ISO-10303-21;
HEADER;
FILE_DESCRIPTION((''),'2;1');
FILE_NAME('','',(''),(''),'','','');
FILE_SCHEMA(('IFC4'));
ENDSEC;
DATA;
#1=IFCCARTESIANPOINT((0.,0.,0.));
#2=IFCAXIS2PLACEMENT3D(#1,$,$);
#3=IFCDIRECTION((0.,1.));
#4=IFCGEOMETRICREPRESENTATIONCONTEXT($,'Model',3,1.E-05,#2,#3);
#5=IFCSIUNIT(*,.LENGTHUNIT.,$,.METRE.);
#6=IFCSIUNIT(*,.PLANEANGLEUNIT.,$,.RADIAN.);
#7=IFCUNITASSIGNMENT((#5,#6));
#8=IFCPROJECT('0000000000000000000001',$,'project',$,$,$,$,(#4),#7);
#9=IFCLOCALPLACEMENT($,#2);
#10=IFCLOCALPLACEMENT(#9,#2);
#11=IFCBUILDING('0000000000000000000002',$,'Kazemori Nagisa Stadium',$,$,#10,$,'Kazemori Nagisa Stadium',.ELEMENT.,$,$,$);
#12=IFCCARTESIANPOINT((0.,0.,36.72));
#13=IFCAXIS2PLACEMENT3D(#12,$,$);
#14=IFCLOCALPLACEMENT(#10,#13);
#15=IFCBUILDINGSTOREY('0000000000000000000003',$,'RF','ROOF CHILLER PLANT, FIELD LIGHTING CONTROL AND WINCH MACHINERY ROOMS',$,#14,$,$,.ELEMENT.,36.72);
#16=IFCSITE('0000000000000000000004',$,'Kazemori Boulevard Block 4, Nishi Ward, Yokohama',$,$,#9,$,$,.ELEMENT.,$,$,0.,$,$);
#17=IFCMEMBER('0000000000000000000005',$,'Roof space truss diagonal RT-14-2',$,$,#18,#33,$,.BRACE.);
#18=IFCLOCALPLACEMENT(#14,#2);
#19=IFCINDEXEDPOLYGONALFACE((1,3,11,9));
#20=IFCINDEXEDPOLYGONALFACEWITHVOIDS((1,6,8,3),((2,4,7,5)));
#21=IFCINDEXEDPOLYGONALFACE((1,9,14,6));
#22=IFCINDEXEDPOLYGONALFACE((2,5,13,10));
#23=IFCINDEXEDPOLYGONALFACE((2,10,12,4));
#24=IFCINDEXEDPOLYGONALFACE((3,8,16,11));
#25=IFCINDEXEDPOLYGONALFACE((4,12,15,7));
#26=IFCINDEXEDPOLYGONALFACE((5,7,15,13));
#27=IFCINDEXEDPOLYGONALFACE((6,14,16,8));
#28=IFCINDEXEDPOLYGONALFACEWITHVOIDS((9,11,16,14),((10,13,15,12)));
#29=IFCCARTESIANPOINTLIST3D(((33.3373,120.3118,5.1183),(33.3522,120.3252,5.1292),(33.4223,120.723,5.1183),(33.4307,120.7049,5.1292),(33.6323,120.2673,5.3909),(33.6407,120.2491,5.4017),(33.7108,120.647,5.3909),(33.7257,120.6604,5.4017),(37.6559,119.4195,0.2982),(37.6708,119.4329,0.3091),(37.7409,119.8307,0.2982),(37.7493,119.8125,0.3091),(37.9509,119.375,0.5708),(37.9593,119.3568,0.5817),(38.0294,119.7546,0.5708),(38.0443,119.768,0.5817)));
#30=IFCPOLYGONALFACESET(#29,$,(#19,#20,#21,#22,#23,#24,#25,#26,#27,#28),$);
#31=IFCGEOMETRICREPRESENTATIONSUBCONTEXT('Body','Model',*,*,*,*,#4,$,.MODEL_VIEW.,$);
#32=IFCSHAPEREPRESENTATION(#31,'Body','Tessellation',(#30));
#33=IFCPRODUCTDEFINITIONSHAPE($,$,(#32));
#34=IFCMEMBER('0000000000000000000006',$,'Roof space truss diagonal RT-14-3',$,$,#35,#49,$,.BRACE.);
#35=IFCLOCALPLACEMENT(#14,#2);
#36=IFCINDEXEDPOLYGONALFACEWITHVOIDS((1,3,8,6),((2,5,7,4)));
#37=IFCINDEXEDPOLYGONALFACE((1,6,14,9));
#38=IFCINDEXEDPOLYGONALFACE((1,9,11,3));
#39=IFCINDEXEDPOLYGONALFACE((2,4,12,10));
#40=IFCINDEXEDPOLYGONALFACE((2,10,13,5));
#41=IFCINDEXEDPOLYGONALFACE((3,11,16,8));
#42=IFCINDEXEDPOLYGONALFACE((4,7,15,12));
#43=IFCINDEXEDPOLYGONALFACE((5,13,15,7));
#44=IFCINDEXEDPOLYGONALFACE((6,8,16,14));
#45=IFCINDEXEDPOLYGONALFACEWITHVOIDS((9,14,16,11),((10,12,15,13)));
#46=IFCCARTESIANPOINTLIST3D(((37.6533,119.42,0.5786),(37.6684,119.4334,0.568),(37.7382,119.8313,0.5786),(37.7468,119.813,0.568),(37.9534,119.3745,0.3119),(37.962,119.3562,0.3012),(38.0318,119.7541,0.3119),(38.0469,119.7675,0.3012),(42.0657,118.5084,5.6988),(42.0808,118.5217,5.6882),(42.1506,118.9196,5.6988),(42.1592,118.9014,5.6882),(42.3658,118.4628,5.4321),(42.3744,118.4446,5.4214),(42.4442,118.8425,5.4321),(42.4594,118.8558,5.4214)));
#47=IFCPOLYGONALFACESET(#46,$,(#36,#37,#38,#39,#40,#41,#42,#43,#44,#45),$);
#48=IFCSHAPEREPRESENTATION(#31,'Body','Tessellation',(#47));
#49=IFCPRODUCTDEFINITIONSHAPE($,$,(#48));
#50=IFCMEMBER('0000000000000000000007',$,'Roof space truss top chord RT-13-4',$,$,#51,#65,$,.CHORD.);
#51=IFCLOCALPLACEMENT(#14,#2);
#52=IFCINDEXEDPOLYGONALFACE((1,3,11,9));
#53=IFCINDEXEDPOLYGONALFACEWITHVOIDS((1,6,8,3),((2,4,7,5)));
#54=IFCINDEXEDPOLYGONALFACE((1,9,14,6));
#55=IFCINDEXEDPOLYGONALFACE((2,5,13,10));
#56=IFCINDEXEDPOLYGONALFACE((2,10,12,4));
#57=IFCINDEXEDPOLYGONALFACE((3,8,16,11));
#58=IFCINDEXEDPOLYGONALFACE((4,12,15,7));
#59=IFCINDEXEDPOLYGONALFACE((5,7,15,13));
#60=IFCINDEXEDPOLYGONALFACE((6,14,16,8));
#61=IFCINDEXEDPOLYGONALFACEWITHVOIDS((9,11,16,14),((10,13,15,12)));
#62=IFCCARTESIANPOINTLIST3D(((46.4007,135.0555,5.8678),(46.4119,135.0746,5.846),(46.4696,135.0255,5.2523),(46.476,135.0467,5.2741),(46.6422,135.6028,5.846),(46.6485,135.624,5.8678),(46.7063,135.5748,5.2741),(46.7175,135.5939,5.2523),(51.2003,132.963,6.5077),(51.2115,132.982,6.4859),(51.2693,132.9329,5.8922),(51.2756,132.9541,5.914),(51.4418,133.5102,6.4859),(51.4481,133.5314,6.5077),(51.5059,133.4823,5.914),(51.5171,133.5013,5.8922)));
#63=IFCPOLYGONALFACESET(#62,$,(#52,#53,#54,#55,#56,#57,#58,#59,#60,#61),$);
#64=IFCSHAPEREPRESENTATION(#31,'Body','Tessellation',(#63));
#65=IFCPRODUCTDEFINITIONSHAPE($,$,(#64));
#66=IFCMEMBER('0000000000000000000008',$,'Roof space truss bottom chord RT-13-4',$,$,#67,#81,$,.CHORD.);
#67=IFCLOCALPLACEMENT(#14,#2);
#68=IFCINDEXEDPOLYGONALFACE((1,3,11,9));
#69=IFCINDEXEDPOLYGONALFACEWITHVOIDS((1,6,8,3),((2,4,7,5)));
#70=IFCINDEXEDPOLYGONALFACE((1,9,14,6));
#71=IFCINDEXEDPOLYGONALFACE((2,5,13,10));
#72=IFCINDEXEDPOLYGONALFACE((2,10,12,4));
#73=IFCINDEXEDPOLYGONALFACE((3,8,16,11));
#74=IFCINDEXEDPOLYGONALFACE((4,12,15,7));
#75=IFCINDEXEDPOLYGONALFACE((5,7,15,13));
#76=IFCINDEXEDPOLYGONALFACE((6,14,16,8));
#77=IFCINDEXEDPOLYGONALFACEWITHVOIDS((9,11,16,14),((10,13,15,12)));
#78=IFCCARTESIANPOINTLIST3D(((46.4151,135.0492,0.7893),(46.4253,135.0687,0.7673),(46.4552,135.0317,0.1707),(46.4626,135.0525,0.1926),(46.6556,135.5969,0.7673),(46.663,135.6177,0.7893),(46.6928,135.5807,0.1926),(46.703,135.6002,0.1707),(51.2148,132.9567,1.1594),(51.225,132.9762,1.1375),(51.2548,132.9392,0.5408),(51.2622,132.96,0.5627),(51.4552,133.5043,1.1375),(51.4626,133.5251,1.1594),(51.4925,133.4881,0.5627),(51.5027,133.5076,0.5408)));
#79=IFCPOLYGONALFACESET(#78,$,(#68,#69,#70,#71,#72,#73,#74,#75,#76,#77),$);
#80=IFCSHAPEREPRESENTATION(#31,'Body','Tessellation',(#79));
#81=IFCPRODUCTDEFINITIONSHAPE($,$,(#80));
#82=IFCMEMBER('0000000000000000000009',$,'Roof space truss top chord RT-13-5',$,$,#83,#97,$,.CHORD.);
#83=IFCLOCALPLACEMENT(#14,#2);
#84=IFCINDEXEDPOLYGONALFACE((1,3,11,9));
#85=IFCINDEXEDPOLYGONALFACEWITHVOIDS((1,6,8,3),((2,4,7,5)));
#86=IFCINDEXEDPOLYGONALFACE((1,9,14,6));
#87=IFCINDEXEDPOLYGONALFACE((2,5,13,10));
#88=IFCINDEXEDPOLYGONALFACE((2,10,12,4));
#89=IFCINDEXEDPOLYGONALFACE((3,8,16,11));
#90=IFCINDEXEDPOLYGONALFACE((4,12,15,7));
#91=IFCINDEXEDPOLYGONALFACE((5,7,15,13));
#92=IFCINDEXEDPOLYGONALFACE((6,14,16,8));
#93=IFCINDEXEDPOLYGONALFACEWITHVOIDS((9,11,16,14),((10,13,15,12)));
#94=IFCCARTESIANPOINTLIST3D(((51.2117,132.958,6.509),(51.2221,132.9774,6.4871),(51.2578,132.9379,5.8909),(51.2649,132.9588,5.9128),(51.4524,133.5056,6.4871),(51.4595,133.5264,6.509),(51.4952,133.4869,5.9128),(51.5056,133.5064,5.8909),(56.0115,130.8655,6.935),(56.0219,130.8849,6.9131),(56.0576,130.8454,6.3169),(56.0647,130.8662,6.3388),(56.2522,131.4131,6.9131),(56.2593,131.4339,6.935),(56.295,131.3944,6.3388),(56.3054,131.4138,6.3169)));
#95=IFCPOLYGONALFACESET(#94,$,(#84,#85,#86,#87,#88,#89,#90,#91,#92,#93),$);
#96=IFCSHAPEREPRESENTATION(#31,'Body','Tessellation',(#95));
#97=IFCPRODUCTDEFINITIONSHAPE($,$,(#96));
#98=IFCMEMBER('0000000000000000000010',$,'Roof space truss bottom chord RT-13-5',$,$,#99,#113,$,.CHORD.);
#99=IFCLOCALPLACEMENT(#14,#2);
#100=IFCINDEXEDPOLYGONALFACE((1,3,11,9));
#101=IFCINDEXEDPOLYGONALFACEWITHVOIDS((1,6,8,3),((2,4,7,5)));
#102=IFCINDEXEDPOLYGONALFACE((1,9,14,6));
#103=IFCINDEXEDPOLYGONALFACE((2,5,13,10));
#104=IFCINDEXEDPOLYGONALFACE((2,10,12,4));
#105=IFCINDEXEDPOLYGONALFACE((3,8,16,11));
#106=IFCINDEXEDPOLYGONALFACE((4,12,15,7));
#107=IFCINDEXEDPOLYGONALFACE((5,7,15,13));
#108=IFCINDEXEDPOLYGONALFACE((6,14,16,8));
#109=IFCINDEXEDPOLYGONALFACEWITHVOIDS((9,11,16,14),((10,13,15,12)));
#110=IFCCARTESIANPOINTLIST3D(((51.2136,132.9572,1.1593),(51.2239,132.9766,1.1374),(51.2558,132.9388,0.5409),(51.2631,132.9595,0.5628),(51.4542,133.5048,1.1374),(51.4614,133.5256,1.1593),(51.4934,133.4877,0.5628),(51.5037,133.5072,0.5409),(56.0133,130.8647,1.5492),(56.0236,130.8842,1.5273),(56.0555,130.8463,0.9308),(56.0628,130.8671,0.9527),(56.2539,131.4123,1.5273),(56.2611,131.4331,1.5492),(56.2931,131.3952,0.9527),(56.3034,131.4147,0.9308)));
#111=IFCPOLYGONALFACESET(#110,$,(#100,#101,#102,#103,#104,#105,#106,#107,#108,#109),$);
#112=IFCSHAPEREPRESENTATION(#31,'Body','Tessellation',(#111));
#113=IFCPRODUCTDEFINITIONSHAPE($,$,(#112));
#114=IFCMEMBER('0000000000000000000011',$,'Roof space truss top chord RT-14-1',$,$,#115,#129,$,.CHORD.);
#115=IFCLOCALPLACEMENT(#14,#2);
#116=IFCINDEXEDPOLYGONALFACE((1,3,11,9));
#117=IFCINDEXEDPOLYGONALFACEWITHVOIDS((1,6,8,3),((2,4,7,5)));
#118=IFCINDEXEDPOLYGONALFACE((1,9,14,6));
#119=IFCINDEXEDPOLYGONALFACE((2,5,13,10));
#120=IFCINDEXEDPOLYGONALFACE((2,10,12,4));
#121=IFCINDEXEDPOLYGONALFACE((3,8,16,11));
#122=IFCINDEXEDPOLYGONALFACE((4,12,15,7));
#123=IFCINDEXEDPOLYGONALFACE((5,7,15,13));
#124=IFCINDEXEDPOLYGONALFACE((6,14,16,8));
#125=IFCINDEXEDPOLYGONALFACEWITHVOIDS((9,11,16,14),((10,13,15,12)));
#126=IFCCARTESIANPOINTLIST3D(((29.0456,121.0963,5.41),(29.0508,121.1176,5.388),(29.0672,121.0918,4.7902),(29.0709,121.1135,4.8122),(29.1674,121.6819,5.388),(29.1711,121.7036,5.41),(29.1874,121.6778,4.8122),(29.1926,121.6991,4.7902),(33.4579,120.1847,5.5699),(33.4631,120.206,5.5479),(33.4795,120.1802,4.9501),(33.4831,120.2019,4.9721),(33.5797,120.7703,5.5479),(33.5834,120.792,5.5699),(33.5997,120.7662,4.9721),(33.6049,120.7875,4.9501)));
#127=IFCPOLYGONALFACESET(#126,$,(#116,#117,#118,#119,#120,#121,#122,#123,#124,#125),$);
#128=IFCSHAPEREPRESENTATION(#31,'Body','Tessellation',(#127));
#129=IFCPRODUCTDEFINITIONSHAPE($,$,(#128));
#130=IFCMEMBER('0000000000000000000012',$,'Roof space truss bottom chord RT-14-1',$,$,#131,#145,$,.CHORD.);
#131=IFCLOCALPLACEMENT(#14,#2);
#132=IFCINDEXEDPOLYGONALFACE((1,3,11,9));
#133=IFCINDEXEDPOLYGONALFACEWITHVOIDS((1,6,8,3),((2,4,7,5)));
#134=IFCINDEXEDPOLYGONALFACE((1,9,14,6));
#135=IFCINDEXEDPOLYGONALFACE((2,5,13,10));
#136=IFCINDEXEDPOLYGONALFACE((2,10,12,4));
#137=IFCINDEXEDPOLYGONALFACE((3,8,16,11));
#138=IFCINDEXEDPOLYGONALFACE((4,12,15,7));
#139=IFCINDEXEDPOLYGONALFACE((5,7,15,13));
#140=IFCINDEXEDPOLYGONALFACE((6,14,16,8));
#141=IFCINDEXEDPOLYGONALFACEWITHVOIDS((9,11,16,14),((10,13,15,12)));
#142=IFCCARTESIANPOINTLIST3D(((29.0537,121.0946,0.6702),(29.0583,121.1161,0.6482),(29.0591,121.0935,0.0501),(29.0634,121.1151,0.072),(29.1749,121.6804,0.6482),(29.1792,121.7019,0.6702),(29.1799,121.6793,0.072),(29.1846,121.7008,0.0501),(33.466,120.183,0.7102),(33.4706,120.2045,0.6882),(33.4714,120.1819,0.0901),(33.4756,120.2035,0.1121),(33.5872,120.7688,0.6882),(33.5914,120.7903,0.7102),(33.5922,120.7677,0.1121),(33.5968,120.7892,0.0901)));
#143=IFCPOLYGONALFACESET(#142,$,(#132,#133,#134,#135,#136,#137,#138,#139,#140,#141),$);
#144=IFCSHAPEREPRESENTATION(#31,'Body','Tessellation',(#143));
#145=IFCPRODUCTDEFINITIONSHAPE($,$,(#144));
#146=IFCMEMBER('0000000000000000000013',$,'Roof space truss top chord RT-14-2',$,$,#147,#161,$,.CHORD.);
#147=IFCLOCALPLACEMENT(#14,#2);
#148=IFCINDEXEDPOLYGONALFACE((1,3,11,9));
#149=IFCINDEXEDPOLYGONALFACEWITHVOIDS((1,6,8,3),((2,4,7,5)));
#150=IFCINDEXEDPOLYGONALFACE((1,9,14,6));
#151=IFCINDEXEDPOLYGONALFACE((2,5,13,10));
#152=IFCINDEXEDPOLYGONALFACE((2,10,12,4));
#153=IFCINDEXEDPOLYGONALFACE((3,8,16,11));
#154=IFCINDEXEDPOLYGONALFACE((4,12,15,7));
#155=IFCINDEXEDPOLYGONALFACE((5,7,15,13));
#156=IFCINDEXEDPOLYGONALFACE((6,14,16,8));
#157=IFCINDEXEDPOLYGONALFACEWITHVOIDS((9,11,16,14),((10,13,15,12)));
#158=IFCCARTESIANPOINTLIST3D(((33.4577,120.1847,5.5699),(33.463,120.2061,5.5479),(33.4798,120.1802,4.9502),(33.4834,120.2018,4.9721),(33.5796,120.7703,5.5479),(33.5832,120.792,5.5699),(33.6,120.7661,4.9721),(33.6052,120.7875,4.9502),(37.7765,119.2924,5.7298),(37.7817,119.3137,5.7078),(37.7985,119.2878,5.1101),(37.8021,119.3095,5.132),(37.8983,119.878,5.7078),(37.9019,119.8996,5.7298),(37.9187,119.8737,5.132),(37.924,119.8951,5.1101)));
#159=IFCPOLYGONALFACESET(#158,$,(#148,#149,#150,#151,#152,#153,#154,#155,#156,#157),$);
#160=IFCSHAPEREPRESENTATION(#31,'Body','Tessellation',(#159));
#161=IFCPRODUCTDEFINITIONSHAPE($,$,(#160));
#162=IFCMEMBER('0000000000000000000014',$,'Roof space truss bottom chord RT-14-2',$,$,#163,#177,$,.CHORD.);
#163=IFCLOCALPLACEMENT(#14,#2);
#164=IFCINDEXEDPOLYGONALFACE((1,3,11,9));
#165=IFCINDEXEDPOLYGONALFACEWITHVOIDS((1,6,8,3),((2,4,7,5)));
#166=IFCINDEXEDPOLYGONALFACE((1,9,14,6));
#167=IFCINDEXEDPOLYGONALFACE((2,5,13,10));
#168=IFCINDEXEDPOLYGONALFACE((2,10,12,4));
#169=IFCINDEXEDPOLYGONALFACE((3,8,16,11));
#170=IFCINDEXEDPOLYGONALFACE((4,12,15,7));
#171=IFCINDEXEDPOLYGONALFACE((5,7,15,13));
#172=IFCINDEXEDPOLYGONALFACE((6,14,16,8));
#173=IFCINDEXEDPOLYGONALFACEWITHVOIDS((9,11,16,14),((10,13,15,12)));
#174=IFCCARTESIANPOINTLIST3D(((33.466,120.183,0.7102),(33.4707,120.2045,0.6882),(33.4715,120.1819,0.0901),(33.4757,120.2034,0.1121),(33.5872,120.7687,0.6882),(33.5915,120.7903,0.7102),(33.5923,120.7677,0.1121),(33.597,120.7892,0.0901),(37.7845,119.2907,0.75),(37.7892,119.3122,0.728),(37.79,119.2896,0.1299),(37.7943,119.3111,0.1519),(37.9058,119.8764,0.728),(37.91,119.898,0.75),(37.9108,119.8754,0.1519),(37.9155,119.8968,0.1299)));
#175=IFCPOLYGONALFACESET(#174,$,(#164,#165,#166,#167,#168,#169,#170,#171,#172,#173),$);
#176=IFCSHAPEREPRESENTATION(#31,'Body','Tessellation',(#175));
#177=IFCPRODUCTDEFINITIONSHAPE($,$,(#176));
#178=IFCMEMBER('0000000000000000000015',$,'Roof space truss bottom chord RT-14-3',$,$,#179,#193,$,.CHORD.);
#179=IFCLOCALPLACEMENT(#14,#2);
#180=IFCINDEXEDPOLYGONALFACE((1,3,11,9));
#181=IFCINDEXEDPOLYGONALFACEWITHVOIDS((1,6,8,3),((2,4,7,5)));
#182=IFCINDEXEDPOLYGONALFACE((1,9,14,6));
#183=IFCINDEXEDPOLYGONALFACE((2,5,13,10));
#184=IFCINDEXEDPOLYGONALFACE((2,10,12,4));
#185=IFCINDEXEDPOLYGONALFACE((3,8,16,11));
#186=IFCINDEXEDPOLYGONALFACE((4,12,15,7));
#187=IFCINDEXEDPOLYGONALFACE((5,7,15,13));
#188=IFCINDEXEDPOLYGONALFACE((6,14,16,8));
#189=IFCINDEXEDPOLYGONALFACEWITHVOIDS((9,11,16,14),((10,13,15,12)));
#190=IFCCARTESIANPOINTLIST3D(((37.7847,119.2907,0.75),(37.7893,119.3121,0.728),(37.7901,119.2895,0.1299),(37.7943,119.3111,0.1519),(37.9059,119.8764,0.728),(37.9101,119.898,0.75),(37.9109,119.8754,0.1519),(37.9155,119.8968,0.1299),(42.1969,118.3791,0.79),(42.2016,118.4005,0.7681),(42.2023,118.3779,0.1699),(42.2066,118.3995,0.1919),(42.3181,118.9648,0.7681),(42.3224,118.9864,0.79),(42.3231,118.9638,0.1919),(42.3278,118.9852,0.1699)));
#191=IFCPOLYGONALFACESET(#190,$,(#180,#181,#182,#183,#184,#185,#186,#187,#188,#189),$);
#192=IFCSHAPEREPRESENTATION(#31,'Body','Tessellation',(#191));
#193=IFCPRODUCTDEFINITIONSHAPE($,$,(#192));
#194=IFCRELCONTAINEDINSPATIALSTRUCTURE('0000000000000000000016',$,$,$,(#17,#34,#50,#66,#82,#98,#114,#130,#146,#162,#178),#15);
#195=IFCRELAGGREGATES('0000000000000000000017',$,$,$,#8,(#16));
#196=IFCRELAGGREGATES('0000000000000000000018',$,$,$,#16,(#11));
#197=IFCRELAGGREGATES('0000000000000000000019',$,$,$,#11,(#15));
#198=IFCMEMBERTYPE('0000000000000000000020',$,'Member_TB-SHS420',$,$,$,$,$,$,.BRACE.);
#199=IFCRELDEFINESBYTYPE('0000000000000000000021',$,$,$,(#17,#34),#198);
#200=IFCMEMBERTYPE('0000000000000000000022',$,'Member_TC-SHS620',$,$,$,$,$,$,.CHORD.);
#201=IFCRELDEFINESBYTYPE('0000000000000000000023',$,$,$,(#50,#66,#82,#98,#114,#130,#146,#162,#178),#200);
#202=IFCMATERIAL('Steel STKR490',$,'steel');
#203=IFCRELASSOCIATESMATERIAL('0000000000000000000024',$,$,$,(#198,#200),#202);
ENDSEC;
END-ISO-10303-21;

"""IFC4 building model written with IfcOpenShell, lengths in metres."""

from ifc_helpers import new_model, si_unit, direction, frame, origin, origin_2d, place, context, subcontext, project, spatial, hollow_rectangle, extrude, material, material_profile, profile_set, type_object, element, save


model = new_model("IFC4")

# Units and contexts
model_context = context("Model", 3, precision=1e-05, world=origin(), true_north=direction((0.0, 1.0)))
body_context = subcontext(model_context, "Body", "Model", "MODEL_VIEW")
ifc_project = project(units=[si_unit("LENGTHUNIT", "METRE"), si_unit("PLANEANGLEUNIT", "RADIAN")], contexts=[model_context])

# Site, building, storey
site_placement = place(None, origin())
site = spatial("IfcSite", under=ifc_project, at=site_placement, Name="Kazemori Boulevard Block 4, Nishi Ward, Yokohama", CompositionType="ELEMENT", RefElevation=0.0)
building_placement = place(site_placement, origin())
building = spatial("IfcBuilding", under=site, at=building_placement, Name="Kazemori Nagisa Stadium", LongName="Kazemori Nagisa Stadium", CompositionType="ELEMENT")
storey_placement = place(building_placement, frame((0.0, 0.0, 36.72)))
storey = spatial("IfcBuildingStorey", under=building, at=storey_placement, Name="RF", Description="ROOF CHILLER PLANT, FIELD LIGHTING CONTROL AND WINCH MACHINERY ROOMS", CompositionType="ELEMENT", Elevation=36.72)

# Members
ifc_material_1 = material(Name="Steel STKR490", Category="steel")
ifc_material_profile_1 = material_profile(ifc_material_1, hollow_rectangle(XDim=0.4199, YDim=0.4199, WallThickness=0.0161, at=origin_2d()), Name="SHS-420x420x16")
ifc_profile_set_1 = profile_set([ifc_material_profile_1], Name="Steel STKR490")
member_type_1 = type_object("IfcMemberType", Name="Member_TB-SHS420", PredefinedType="BRACE", material=ifc_profile_set_1)
member_1_placement = place(storey_placement, frame((33.5315, 120.4861, 5.26), z_axis=(0.661048, -0.136589, -0.737807), x_axis=(0.202351, 0.979313, 0.0)))
element("IfcMember", 1, at=member_1_placement, inside=storey, type_object=member_type_1, Name="Roof space truss diagonal RT-14-2", PredefinedType="BRACE", context=body_context, shape_type="SweptSolid", body=[
    extrude(hollow_rectangle(XDim=0.4199, YDim=0.4199, WallThickness=0.0161, at=origin_2d()), origin(), (0.0, 0.0, 1.0), 6.533),
])
member_2_placement = place(storey_placement, frame((37.8501, 119.5938, 0.4399), z_axis=(0.646951, -0.133664, 0.750725), x_axis=(0.202333, 0.979317, 0.0)))
element("IfcMember", 2, at=member_2_placement, inside=storey, type_object=member_type_1, Name="Roof space truss diagonal RT-14-3", PredefinedType="BRACE", context=body_context, shape_type="SweptSolid", body=[
    extrude(hollow_rectangle(XDim=0.4199, YDim=0.4199, WallThickness=0.0161, at=origin_2d()), origin(), (0.0, 0.0, 1.0), 6.8203),
])
ifc_material_profile_2 = material_profile(ifc_material_1, hollow_rectangle(XDim=0.6201, YDim=0.6201, WallThickness=0.022, at=origin_2d()), Name="SHS-620x620x22")
ifc_profile_set_2 = profile_set([ifc_material_profile_2], Name="Steel STKR490")
member_type_2 = type_object("IfcMemberType", Name="Member_TC-SHS620", PredefinedType="CHORD", material=ifc_profile_set_2)
member_3_placement = place(storey_placement, frame((46.5591, 135.3247, 5.5601), z_axis=(0.909897, -0.3967, 0.12131), x_axis=(0.399652, 0.916667, 0.0)))
element("IfcMember", 3, at=member_3_placement, inside=storey, type_object=member_type_2, Name="Roof space truss top chord RT-13-4", PredefinedType="CHORD", context=body_context, shape_type="SweptSolid", body=[
    extrude(hollow_rectangle(XDim=0.6201, YDim=0.6201, WallThickness=0.022, at=origin_2d()), origin(), (0.0, 0.0, 1.0), 5.2749),
])
member_4_placement = place(storey_placement, frame((46.5591, 135.3247, 0.48), z_axis=(0.914385, -0.398657, 0.070513), x_axis=(0.399652, 0.916667, 0.0)))
element("IfcMember", 4, at=member_4_placement, inside=storey, type_object=member_type_2, Name="Roof space truss bottom chord RT-13-4", PredefinedType="CHORD", context=body_context, shape_type="SweptSolid", body=[
    extrude(hollow_rectangle(XDim=0.6201, YDim=0.6201, WallThickness=0.022, at=origin_2d()), origin(), (0.0, 0.0, 1.0), 5.249),
])
member_5_placement = place(storey_placement, frame((51.3586, 133.2322, 6.2), z_axis=(0.913655, -0.398318, 0.081095), x_axis=(0.399635, 0.916675, 0.0)))
element("IfcMember", 5, at=member_5_placement, inside=storey, type_object=member_type_2, Name="Roof space truss top chord RT-13-5", PredefinedType="CHORD", context=body_context, shape_type="SweptSolid", body=[
    extrude(hollow_rectangle(XDim=0.6201, YDim=0.6201, WallThickness=0.022, at=origin_2d()), origin(), (0.0, 0.0, 1.0), 5.2534),
])
member_6_placement = place(storey_placement, frame((51.3586, 133.2322, 0.8501), z_axis=(0.914144, -0.398531, 0.074257), x_axis=(0.399635, 0.916675, 0.0)))
element("IfcMember", 6, at=member_6_placement, inside=storey, type_object=member_type_2, Name="Roof space truss bottom chord RT-13-5", PredefinedType="CHORD", context=body_context, shape_type="SweptSolid", body=[
    extrude(hollow_rectangle(XDim=0.6201, YDim=0.6201, WallThickness=0.022, at=origin_2d()), origin(), (0.0, 0.0, 1.0), 5.2505),
])
member_7_placement = place(storey_placement, frame((29.1191, 121.3977, 5.1001), z_axis=(0.9787, -0.202206, 0.03547), x_axis=(0.202333, 0.979317, 0.0)))
element("IfcMember", 7, at=member_7_placement, inside=storey, type_object=member_type_2, Name="Roof space truss top chord RT-14-1", PredefinedType="CHORD", context=body_context, shape_type="SweptSolid", body=[
    extrude(hollow_rectangle(XDim=0.6201, YDim=0.6201, WallThickness=0.022, at=origin_2d()), origin(), (0.0, 0.0, 1.0), 4.5083),
])
member_8_placement = place(storey_placement, frame((29.1191, 121.3977, 0.3601), z_axis=(0.979278, -0.202325, 0.008886), x_axis=(0.202333, 0.979317, 0.0)))
element("IfcMember", 8, at=member_8_placement, inside=storey, type_object=member_type_2, Name="Roof space truss bottom chord RT-14-1", PredefinedType="CHORD", context=body_context, shape_type="SweptSolid", body=[
    extrude(hollow_rectangle(XDim=0.6201, YDim=0.6201, WallThickness=0.022, at=origin_2d()), origin(), (0.0, 0.0, 1.0), 4.5056),
])
member_9_placement = place(storey_placement, frame((33.5315, 120.4861, 5.26), z_axis=(0.97867, -0.202218, 0.036239), x_axis=(0.202351, 0.979313, 0.0)))
element("IfcMember", 9, at=member_9_placement, inside=storey, type_object=member_type_2, Name="Roof space truss top chord RT-14-2", PredefinedType="CHORD", context=body_context, shape_type="SweptSolid", body=[
    extrude(hollow_rectangle(XDim=0.6201, YDim=0.6201, WallThickness=0.022, at=origin_2d()), origin(), (0.0, 0.0, 1.0), 4.4128),
])
member_10_placement = place(storey_placement, frame((33.5315, 120.4861, 0.4001), z_axis=(0.979273, -0.202343, 0.009024), x_axis=(0.202351, 0.979313, 0.0)))
element("IfcMember", 10, at=member_10_placement, inside=storey, type_object=member_type_2, Name="Roof space truss bottom chord RT-14-2", PredefinedType="CHORD", context=body_context, shape_type="SweptSolid", body=[
    extrude(hollow_rectangle(XDim=0.6201, YDim=0.6201, WallThickness=0.022, at=origin_2d()), origin(), (0.0, 0.0, 1.0), 4.4099),
])
member_11_placement = place(storey_placement, frame((37.8501, 119.5938, 0.4399), z_axis=(0.979278, -0.202325, 0.008886), x_axis=(0.202333, 0.979317, 0.0)))
element("IfcMember", 11, at=member_11_placement, inside=storey, type_object=member_type_2, Name="Roof space truss bottom chord RT-14-3", PredefinedType="CHORD", context=body_context, shape_type="SweptSolid", body=[
    extrude(hollow_rectangle(XDim=0.6201, YDim=0.6201, WallThickness=0.022, at=origin_2d()), origin(), (0.0, 0.0, 1.0), 4.5056),
])

save(model, "model.ifc")
